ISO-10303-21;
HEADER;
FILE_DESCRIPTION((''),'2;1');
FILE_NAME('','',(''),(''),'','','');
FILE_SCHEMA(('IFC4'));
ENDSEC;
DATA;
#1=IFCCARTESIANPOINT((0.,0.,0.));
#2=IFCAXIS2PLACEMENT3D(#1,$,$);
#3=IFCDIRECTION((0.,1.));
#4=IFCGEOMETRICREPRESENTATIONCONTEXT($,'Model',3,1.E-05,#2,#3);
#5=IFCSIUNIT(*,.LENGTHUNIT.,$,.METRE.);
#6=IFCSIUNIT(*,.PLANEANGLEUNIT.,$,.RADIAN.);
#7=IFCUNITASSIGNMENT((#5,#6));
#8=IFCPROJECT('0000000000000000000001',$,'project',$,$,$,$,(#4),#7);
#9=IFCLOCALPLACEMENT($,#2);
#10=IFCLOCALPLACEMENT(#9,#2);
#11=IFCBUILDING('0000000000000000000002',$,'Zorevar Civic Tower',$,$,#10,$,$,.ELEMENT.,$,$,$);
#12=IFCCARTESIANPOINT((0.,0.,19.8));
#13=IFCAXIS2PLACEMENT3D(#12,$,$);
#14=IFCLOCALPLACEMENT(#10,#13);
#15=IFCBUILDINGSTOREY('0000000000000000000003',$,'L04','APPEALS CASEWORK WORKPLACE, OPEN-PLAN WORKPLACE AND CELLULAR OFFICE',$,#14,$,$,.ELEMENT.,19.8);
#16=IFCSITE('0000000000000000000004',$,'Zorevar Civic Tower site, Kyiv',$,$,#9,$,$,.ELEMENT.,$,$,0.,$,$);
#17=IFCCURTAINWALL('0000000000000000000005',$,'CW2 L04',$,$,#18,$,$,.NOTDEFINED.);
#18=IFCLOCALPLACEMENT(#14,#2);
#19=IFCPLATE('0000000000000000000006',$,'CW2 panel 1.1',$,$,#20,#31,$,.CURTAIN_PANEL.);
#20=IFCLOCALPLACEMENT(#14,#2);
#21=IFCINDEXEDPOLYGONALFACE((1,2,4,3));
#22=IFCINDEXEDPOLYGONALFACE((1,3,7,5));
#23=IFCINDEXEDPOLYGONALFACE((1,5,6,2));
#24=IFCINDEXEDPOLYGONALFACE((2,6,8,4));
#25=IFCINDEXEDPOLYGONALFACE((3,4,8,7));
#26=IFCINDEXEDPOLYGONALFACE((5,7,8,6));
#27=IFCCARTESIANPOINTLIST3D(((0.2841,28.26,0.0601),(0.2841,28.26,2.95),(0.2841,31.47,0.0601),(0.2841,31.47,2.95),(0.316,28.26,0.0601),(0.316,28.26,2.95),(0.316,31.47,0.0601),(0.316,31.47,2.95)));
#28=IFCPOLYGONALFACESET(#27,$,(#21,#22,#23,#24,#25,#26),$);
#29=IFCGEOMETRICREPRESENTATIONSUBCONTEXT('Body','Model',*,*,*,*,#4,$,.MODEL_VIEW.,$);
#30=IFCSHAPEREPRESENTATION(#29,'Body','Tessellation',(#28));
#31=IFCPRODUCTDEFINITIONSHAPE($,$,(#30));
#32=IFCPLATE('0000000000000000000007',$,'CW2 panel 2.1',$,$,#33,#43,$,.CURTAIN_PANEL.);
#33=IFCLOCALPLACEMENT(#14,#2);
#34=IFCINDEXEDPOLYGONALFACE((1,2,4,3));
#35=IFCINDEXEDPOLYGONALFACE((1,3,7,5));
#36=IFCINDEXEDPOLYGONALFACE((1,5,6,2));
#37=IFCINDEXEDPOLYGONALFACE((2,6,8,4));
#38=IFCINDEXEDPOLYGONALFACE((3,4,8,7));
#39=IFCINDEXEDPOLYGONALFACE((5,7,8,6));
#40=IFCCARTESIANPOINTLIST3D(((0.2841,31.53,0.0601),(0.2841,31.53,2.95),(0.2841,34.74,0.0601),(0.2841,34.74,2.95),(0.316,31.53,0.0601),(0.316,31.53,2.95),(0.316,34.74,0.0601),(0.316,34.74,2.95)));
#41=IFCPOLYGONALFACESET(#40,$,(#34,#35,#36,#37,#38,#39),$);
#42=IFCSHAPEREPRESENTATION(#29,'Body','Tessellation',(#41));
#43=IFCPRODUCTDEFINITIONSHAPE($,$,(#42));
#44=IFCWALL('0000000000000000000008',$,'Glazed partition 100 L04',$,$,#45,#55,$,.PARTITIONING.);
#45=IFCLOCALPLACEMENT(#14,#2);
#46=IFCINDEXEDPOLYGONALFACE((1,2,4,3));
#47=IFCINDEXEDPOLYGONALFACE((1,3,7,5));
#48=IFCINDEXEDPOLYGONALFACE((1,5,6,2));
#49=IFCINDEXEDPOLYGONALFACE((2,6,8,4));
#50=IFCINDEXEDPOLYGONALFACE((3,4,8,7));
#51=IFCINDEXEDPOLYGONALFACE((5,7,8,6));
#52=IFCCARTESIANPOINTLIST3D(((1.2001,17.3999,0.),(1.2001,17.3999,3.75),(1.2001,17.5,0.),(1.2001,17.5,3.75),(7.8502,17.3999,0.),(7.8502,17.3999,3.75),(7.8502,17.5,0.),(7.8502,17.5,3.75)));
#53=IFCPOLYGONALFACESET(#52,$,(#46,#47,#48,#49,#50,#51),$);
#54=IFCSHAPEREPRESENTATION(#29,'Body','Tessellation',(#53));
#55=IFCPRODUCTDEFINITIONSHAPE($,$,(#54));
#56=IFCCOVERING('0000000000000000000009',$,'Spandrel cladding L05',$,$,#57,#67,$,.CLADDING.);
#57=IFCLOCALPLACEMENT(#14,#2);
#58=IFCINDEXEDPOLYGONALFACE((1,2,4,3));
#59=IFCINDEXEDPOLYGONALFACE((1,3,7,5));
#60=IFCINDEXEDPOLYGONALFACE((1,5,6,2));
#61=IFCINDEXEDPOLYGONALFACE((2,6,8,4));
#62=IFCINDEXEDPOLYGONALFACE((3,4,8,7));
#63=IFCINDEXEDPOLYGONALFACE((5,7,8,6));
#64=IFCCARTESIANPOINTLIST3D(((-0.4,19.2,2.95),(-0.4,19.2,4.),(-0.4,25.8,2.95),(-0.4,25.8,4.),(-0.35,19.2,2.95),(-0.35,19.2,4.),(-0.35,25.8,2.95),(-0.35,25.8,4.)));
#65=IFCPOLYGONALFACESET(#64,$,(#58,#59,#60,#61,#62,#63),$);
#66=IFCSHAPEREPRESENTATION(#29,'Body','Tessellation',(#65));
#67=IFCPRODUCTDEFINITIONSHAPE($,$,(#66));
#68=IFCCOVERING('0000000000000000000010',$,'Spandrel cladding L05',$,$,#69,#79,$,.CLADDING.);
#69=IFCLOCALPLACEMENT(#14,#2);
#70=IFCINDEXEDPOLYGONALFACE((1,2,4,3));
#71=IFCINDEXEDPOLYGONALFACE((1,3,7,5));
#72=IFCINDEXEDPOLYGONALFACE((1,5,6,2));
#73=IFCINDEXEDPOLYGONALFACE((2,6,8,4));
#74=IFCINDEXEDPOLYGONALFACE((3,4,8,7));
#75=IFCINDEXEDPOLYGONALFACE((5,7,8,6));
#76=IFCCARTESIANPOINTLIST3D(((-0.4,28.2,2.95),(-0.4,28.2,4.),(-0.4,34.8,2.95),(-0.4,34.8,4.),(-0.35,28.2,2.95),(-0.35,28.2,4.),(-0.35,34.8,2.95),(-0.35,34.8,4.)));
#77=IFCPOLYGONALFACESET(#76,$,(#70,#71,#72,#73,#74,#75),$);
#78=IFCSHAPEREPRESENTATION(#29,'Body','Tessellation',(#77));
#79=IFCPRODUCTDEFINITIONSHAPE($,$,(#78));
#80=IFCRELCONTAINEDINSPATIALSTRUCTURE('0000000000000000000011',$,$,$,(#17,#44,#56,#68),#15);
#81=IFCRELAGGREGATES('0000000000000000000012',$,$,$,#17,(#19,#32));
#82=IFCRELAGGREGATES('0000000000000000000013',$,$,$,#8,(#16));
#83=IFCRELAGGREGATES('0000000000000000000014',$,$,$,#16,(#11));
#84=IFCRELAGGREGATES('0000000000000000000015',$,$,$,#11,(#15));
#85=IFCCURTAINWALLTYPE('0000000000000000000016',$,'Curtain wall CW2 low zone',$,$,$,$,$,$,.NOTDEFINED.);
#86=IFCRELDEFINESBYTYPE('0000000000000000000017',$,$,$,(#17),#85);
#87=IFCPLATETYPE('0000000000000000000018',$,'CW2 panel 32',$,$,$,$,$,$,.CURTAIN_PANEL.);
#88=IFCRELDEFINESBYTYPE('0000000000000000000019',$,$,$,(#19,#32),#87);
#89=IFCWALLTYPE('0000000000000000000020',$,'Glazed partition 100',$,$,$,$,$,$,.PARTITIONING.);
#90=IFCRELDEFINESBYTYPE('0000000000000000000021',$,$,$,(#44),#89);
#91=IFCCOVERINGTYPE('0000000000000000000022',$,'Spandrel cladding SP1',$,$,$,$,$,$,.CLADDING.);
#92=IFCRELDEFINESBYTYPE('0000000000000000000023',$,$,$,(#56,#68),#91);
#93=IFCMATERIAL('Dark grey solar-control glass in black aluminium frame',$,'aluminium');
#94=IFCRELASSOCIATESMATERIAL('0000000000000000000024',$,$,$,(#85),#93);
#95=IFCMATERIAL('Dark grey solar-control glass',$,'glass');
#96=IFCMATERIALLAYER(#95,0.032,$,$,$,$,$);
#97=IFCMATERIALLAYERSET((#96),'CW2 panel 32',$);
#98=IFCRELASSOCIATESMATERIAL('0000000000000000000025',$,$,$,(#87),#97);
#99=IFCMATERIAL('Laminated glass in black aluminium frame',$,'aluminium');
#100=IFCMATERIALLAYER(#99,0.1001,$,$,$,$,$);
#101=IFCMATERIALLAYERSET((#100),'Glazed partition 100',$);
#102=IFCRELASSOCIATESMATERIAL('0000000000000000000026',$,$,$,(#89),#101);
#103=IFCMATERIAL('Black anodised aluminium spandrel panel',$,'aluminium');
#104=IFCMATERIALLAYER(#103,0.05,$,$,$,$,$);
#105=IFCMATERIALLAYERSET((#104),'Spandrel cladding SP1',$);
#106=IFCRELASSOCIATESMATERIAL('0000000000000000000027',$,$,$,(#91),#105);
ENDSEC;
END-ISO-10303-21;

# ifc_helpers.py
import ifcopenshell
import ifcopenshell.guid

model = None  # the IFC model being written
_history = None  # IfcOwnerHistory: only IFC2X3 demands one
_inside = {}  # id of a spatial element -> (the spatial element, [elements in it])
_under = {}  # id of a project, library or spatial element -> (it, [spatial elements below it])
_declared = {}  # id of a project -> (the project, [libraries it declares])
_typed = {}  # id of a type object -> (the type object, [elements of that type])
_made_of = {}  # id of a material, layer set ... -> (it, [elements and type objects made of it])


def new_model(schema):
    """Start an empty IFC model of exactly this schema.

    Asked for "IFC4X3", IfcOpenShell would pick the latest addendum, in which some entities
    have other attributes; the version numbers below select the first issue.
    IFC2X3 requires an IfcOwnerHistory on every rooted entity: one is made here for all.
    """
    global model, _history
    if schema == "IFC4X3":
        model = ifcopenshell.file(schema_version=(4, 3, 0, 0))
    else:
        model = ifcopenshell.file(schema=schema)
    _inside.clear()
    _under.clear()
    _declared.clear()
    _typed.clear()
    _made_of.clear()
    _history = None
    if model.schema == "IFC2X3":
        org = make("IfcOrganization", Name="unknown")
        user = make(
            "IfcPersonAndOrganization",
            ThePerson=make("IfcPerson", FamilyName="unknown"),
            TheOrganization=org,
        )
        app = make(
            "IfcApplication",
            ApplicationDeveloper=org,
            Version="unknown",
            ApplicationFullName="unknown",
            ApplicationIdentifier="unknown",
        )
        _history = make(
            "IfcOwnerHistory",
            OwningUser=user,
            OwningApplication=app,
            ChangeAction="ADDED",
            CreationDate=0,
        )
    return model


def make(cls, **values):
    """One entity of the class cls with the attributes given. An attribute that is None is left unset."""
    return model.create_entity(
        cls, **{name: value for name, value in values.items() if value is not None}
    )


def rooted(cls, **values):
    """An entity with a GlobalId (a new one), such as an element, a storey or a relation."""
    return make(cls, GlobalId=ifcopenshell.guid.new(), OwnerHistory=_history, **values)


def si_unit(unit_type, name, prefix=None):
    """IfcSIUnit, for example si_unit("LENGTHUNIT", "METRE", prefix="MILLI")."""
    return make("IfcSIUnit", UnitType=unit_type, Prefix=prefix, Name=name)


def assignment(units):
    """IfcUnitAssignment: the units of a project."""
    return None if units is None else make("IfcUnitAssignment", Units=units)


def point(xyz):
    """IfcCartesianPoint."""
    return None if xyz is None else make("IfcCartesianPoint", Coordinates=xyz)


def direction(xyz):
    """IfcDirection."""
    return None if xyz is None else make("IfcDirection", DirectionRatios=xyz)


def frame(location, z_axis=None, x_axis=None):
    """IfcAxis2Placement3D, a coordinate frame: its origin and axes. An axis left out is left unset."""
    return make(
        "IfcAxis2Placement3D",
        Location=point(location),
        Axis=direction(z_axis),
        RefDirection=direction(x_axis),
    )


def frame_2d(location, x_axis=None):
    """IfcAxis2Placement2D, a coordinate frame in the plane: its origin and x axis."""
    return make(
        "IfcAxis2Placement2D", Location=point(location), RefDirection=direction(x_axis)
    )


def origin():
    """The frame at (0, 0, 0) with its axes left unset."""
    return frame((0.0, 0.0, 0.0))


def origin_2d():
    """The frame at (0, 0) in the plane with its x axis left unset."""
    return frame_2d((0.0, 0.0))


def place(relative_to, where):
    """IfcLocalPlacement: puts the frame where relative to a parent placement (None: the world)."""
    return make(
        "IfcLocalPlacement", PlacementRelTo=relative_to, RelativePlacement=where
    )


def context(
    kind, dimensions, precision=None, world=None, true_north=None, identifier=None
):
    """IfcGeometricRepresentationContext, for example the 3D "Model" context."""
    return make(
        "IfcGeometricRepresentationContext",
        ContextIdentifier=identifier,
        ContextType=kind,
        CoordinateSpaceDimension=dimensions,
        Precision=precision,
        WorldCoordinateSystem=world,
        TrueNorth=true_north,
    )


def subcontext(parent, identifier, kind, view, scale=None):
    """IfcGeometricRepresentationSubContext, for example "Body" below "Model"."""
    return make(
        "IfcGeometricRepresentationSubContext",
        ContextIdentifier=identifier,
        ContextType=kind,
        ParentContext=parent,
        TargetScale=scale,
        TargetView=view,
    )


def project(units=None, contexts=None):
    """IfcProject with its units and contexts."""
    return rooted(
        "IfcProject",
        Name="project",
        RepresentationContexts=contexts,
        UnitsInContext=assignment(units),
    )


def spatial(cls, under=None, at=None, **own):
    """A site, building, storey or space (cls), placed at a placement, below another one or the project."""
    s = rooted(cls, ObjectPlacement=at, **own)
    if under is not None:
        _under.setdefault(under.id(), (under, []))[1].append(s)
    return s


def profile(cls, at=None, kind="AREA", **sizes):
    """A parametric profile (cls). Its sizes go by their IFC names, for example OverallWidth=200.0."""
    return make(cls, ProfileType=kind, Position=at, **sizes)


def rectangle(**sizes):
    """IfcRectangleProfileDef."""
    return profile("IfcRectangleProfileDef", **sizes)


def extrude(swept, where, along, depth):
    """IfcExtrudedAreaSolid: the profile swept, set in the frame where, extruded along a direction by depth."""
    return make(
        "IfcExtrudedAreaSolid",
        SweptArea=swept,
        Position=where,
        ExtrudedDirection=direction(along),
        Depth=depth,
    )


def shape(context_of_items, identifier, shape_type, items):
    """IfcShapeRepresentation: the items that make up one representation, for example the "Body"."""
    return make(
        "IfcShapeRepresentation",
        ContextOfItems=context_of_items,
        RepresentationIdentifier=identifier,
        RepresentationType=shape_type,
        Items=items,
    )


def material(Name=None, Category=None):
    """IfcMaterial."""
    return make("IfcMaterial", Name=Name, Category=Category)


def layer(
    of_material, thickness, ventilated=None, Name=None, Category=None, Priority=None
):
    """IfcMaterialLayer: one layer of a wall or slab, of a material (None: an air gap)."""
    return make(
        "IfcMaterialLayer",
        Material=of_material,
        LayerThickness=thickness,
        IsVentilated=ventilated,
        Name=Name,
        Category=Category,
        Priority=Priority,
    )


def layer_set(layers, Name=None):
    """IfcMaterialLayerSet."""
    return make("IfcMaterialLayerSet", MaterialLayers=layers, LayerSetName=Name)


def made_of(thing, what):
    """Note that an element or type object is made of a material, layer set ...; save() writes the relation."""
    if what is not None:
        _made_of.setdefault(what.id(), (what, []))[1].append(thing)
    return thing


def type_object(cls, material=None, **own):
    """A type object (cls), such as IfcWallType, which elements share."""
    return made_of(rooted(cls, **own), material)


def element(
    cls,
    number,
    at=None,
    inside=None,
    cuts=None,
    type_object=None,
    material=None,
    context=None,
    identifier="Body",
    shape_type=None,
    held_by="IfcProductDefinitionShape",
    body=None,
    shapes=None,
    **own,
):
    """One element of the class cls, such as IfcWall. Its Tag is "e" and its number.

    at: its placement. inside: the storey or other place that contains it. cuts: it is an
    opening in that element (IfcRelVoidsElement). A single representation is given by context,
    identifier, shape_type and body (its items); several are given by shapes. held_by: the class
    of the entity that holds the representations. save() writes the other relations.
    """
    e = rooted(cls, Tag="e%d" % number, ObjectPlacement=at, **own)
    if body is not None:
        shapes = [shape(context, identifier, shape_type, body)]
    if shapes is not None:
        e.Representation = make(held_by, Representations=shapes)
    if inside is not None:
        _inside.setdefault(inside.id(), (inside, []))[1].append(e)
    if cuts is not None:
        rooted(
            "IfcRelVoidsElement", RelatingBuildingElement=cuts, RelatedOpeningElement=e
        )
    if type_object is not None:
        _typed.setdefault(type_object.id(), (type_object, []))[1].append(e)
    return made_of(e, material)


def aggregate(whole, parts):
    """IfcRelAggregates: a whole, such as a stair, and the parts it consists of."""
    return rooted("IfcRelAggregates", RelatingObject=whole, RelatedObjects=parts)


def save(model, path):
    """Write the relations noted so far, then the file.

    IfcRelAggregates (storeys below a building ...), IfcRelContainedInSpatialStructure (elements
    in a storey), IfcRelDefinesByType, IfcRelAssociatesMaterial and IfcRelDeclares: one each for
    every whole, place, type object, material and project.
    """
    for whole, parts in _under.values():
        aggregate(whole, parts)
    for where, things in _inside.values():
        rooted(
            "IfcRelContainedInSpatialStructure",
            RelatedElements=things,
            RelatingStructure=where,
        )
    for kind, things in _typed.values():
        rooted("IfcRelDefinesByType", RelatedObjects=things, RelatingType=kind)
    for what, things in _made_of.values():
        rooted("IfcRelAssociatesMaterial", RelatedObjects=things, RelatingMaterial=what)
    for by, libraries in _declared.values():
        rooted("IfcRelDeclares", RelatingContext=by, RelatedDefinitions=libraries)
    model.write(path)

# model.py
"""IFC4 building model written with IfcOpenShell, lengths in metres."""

from ifc_helpers import new_model, si_unit, direction, frame, frame_2d, origin, origin_2d, place, context, subcontext, project, spatial, rectangle, extrude, material, layer, layer_set, type_object, element, aggregate, save


model = new_model("IFC4")

# Units and contexts
model_context = context("Model", 3, precision=1e-05, world=origin(), true_north=direction((0.0, 1.0)))
body_context = subcontext(model_context, "Body", "Model", "MODEL_VIEW")
ifc_project = project(units=[si_unit("LENGTHUNIT", "METRE"), si_unit("PLANEANGLEUNIT", "RADIAN")], contexts=[model_context])

# Site, building, storey
site_placement = place(None, origin())
site = spatial("IfcSite", under=ifc_project, at=site_placement, Name="Zorevar Civic Tower site, Kyiv", CompositionType="ELEMENT", RefElevation=0.0)
building_placement = place(site_placement, origin())
building = spatial("IfcBuilding", under=site, at=building_placement, Name="Zorevar Civic Tower", CompositionType="ELEMENT")
storey_placement = place(building_placement, frame((0.0, 0.0, 19.8)))
storey = spatial("IfcBuildingStorey", under=building, at=storey_placement, Name="L04", Description="APPEALS CASEWORK WORKPLACE, OPEN-PLAN WORKPLACE AND CELLULAR OFFICE", CompositionType="ELEMENT", Elevation=19.8)

# Shared definitions
ifc_material_1 = material(Name="Dark grey solar-control glass in black aluminium frame", Category="aluminium")
curtain_wall_type = type_object("IfcCurtainWallType", Name="Curtain wall CW2 low zone", PredefinedType="NOTDEFINED", material=ifc_material_1)

# Curtain wall
curtain_wall_1_placement = place(storey_placement, origin())
curtain_wall_1 = element("IfcCurtainWall", 1, at=curtain_wall_1_placement, inside=storey, type_object=curtain_wall_type, Name="CW2 L04", PredefinedType="NOTDEFINED")

# Plates
ifc_material_2 = material(Name="Dark grey solar-control glass", Category="glass")
ifc_layer_1 = layer(ifc_material_2, 0.032)
ifc_layer_set_1 = layer_set([ifc_layer_1], Name="CW2 panel 32")
plate_type = type_object("IfcPlateType", Name="CW2 panel 32", PredefinedType="CURTAIN_PANEL", material=ifc_layer_set_1)
plate_1_placement = place(storey_placement, frame((0.3, 29.865, 0.0601), z_axis=(0.0, 0.0, 1.0), x_axis=(0.0, 1.0, 0.0)))
plate_1 = element("IfcPlate", 2, at=plate_1_placement, type_object=plate_type, Name="CW2 panel 1.1", PredefinedType="CURTAIN_PANEL", context=body_context, shape_type="SweptSolid", body=[
    extrude(rectangle(XDim=3.21, YDim=0.032, at=origin_2d()), origin(), (0.0, 0.0, 1.0), 2.8899),
])
plate_2_placement = place(storey_placement, frame((0.3, 33.135, 0.0601), z_axis=(0.0, 0.0, 1.0), x_axis=(0.0, 1.0, 0.0)))
plate_2 = element("IfcPlate", 3, at=plate_2_placement, type_object=plate_type, Name="CW2 panel 2.1", PredefinedType="CURTAIN_PANEL", context=body_context, shape_type="SweptSolid", body=[
    extrude(rectangle(XDim=3.21, YDim=0.032, at=origin_2d()), origin(), (0.0, 0.0, 1.0), 2.8899),
])
aggregate(curtain_wall_1, [plate_1, plate_2])

# Wall
ifc_material_3 = material(Name="Laminated glass in black aluminium frame", Category="aluminium")
ifc_layer_2 = layer(ifc_material_3, 0.1001)
ifc_layer_set_2 = layer_set([ifc_layer_2], Name="Glazed partition 100")
wall_type = type_object("IfcWallType", Name="Glazed partition 100", PredefinedType="PARTITIONING", material=ifc_layer_set_2)
wall_placement = place(storey_placement, frame((1.2, 17.45, 0.0), z_axis=(0.0, 0.0, 1.0), x_axis=(1.0, 0.0, 0.0)))
element("IfcWall", 4, at=wall_placement, inside=storey, type_object=wall_type, Name="Glazed partition 100 L04", PredefinedType="PARTITIONING", context=body_context, shape_type="SweptSolid", body=[
    extrude(rectangle(XDim=6.6501, YDim=0.1001, at=frame_2d((3.3252, 0.0))), origin(), (0.0, 0.0, 1.0), 3.75),
])

# Coverings
ifc_material_4 = material(Name="Black anodised aluminium spandrel panel", Category="aluminium")
ifc_layer_3 = layer(ifc_material_4, 0.05)
ifc_layer_set_3 = layer_set([ifc_layer_3], Name="Spandrel cladding SP1")
covering_type = type_object("IfcCoveringType", Name="Spandrel cladding SP1", PredefinedType="CLADDING", material=ifc_layer_set_3)
for number, where, z_axis, x_axis, name in (
    (5, (-0.375, 19.2, 2.95), (0.0, 0.0, 1.0), (0.0, 1.0, 0.0), "Spandrel cladding L05"),
    (6, (-0.375, 28.2, 2.95), (0.0, 0.0, 1.0), (0.0, 1.0, 0.0), "Spandrel cladding L05"),
):
    element("IfcCovering", number, at=place(storey_placement, frame(where, z_axis=z_axis, x_axis=x_axis)), inside=storey, type_object=covering_type, Name=name, PredefinedType="CLADDING", context=body_context, shape_type="SweptSolid", body=[
        extrude(rectangle(XDim=6.6001, YDim=0.05, at=frame_2d((3.3, 0.0))), origin(), (0.0, 0.0, 1.0), 1.05),
    ])

save(model, "model.ifc")
